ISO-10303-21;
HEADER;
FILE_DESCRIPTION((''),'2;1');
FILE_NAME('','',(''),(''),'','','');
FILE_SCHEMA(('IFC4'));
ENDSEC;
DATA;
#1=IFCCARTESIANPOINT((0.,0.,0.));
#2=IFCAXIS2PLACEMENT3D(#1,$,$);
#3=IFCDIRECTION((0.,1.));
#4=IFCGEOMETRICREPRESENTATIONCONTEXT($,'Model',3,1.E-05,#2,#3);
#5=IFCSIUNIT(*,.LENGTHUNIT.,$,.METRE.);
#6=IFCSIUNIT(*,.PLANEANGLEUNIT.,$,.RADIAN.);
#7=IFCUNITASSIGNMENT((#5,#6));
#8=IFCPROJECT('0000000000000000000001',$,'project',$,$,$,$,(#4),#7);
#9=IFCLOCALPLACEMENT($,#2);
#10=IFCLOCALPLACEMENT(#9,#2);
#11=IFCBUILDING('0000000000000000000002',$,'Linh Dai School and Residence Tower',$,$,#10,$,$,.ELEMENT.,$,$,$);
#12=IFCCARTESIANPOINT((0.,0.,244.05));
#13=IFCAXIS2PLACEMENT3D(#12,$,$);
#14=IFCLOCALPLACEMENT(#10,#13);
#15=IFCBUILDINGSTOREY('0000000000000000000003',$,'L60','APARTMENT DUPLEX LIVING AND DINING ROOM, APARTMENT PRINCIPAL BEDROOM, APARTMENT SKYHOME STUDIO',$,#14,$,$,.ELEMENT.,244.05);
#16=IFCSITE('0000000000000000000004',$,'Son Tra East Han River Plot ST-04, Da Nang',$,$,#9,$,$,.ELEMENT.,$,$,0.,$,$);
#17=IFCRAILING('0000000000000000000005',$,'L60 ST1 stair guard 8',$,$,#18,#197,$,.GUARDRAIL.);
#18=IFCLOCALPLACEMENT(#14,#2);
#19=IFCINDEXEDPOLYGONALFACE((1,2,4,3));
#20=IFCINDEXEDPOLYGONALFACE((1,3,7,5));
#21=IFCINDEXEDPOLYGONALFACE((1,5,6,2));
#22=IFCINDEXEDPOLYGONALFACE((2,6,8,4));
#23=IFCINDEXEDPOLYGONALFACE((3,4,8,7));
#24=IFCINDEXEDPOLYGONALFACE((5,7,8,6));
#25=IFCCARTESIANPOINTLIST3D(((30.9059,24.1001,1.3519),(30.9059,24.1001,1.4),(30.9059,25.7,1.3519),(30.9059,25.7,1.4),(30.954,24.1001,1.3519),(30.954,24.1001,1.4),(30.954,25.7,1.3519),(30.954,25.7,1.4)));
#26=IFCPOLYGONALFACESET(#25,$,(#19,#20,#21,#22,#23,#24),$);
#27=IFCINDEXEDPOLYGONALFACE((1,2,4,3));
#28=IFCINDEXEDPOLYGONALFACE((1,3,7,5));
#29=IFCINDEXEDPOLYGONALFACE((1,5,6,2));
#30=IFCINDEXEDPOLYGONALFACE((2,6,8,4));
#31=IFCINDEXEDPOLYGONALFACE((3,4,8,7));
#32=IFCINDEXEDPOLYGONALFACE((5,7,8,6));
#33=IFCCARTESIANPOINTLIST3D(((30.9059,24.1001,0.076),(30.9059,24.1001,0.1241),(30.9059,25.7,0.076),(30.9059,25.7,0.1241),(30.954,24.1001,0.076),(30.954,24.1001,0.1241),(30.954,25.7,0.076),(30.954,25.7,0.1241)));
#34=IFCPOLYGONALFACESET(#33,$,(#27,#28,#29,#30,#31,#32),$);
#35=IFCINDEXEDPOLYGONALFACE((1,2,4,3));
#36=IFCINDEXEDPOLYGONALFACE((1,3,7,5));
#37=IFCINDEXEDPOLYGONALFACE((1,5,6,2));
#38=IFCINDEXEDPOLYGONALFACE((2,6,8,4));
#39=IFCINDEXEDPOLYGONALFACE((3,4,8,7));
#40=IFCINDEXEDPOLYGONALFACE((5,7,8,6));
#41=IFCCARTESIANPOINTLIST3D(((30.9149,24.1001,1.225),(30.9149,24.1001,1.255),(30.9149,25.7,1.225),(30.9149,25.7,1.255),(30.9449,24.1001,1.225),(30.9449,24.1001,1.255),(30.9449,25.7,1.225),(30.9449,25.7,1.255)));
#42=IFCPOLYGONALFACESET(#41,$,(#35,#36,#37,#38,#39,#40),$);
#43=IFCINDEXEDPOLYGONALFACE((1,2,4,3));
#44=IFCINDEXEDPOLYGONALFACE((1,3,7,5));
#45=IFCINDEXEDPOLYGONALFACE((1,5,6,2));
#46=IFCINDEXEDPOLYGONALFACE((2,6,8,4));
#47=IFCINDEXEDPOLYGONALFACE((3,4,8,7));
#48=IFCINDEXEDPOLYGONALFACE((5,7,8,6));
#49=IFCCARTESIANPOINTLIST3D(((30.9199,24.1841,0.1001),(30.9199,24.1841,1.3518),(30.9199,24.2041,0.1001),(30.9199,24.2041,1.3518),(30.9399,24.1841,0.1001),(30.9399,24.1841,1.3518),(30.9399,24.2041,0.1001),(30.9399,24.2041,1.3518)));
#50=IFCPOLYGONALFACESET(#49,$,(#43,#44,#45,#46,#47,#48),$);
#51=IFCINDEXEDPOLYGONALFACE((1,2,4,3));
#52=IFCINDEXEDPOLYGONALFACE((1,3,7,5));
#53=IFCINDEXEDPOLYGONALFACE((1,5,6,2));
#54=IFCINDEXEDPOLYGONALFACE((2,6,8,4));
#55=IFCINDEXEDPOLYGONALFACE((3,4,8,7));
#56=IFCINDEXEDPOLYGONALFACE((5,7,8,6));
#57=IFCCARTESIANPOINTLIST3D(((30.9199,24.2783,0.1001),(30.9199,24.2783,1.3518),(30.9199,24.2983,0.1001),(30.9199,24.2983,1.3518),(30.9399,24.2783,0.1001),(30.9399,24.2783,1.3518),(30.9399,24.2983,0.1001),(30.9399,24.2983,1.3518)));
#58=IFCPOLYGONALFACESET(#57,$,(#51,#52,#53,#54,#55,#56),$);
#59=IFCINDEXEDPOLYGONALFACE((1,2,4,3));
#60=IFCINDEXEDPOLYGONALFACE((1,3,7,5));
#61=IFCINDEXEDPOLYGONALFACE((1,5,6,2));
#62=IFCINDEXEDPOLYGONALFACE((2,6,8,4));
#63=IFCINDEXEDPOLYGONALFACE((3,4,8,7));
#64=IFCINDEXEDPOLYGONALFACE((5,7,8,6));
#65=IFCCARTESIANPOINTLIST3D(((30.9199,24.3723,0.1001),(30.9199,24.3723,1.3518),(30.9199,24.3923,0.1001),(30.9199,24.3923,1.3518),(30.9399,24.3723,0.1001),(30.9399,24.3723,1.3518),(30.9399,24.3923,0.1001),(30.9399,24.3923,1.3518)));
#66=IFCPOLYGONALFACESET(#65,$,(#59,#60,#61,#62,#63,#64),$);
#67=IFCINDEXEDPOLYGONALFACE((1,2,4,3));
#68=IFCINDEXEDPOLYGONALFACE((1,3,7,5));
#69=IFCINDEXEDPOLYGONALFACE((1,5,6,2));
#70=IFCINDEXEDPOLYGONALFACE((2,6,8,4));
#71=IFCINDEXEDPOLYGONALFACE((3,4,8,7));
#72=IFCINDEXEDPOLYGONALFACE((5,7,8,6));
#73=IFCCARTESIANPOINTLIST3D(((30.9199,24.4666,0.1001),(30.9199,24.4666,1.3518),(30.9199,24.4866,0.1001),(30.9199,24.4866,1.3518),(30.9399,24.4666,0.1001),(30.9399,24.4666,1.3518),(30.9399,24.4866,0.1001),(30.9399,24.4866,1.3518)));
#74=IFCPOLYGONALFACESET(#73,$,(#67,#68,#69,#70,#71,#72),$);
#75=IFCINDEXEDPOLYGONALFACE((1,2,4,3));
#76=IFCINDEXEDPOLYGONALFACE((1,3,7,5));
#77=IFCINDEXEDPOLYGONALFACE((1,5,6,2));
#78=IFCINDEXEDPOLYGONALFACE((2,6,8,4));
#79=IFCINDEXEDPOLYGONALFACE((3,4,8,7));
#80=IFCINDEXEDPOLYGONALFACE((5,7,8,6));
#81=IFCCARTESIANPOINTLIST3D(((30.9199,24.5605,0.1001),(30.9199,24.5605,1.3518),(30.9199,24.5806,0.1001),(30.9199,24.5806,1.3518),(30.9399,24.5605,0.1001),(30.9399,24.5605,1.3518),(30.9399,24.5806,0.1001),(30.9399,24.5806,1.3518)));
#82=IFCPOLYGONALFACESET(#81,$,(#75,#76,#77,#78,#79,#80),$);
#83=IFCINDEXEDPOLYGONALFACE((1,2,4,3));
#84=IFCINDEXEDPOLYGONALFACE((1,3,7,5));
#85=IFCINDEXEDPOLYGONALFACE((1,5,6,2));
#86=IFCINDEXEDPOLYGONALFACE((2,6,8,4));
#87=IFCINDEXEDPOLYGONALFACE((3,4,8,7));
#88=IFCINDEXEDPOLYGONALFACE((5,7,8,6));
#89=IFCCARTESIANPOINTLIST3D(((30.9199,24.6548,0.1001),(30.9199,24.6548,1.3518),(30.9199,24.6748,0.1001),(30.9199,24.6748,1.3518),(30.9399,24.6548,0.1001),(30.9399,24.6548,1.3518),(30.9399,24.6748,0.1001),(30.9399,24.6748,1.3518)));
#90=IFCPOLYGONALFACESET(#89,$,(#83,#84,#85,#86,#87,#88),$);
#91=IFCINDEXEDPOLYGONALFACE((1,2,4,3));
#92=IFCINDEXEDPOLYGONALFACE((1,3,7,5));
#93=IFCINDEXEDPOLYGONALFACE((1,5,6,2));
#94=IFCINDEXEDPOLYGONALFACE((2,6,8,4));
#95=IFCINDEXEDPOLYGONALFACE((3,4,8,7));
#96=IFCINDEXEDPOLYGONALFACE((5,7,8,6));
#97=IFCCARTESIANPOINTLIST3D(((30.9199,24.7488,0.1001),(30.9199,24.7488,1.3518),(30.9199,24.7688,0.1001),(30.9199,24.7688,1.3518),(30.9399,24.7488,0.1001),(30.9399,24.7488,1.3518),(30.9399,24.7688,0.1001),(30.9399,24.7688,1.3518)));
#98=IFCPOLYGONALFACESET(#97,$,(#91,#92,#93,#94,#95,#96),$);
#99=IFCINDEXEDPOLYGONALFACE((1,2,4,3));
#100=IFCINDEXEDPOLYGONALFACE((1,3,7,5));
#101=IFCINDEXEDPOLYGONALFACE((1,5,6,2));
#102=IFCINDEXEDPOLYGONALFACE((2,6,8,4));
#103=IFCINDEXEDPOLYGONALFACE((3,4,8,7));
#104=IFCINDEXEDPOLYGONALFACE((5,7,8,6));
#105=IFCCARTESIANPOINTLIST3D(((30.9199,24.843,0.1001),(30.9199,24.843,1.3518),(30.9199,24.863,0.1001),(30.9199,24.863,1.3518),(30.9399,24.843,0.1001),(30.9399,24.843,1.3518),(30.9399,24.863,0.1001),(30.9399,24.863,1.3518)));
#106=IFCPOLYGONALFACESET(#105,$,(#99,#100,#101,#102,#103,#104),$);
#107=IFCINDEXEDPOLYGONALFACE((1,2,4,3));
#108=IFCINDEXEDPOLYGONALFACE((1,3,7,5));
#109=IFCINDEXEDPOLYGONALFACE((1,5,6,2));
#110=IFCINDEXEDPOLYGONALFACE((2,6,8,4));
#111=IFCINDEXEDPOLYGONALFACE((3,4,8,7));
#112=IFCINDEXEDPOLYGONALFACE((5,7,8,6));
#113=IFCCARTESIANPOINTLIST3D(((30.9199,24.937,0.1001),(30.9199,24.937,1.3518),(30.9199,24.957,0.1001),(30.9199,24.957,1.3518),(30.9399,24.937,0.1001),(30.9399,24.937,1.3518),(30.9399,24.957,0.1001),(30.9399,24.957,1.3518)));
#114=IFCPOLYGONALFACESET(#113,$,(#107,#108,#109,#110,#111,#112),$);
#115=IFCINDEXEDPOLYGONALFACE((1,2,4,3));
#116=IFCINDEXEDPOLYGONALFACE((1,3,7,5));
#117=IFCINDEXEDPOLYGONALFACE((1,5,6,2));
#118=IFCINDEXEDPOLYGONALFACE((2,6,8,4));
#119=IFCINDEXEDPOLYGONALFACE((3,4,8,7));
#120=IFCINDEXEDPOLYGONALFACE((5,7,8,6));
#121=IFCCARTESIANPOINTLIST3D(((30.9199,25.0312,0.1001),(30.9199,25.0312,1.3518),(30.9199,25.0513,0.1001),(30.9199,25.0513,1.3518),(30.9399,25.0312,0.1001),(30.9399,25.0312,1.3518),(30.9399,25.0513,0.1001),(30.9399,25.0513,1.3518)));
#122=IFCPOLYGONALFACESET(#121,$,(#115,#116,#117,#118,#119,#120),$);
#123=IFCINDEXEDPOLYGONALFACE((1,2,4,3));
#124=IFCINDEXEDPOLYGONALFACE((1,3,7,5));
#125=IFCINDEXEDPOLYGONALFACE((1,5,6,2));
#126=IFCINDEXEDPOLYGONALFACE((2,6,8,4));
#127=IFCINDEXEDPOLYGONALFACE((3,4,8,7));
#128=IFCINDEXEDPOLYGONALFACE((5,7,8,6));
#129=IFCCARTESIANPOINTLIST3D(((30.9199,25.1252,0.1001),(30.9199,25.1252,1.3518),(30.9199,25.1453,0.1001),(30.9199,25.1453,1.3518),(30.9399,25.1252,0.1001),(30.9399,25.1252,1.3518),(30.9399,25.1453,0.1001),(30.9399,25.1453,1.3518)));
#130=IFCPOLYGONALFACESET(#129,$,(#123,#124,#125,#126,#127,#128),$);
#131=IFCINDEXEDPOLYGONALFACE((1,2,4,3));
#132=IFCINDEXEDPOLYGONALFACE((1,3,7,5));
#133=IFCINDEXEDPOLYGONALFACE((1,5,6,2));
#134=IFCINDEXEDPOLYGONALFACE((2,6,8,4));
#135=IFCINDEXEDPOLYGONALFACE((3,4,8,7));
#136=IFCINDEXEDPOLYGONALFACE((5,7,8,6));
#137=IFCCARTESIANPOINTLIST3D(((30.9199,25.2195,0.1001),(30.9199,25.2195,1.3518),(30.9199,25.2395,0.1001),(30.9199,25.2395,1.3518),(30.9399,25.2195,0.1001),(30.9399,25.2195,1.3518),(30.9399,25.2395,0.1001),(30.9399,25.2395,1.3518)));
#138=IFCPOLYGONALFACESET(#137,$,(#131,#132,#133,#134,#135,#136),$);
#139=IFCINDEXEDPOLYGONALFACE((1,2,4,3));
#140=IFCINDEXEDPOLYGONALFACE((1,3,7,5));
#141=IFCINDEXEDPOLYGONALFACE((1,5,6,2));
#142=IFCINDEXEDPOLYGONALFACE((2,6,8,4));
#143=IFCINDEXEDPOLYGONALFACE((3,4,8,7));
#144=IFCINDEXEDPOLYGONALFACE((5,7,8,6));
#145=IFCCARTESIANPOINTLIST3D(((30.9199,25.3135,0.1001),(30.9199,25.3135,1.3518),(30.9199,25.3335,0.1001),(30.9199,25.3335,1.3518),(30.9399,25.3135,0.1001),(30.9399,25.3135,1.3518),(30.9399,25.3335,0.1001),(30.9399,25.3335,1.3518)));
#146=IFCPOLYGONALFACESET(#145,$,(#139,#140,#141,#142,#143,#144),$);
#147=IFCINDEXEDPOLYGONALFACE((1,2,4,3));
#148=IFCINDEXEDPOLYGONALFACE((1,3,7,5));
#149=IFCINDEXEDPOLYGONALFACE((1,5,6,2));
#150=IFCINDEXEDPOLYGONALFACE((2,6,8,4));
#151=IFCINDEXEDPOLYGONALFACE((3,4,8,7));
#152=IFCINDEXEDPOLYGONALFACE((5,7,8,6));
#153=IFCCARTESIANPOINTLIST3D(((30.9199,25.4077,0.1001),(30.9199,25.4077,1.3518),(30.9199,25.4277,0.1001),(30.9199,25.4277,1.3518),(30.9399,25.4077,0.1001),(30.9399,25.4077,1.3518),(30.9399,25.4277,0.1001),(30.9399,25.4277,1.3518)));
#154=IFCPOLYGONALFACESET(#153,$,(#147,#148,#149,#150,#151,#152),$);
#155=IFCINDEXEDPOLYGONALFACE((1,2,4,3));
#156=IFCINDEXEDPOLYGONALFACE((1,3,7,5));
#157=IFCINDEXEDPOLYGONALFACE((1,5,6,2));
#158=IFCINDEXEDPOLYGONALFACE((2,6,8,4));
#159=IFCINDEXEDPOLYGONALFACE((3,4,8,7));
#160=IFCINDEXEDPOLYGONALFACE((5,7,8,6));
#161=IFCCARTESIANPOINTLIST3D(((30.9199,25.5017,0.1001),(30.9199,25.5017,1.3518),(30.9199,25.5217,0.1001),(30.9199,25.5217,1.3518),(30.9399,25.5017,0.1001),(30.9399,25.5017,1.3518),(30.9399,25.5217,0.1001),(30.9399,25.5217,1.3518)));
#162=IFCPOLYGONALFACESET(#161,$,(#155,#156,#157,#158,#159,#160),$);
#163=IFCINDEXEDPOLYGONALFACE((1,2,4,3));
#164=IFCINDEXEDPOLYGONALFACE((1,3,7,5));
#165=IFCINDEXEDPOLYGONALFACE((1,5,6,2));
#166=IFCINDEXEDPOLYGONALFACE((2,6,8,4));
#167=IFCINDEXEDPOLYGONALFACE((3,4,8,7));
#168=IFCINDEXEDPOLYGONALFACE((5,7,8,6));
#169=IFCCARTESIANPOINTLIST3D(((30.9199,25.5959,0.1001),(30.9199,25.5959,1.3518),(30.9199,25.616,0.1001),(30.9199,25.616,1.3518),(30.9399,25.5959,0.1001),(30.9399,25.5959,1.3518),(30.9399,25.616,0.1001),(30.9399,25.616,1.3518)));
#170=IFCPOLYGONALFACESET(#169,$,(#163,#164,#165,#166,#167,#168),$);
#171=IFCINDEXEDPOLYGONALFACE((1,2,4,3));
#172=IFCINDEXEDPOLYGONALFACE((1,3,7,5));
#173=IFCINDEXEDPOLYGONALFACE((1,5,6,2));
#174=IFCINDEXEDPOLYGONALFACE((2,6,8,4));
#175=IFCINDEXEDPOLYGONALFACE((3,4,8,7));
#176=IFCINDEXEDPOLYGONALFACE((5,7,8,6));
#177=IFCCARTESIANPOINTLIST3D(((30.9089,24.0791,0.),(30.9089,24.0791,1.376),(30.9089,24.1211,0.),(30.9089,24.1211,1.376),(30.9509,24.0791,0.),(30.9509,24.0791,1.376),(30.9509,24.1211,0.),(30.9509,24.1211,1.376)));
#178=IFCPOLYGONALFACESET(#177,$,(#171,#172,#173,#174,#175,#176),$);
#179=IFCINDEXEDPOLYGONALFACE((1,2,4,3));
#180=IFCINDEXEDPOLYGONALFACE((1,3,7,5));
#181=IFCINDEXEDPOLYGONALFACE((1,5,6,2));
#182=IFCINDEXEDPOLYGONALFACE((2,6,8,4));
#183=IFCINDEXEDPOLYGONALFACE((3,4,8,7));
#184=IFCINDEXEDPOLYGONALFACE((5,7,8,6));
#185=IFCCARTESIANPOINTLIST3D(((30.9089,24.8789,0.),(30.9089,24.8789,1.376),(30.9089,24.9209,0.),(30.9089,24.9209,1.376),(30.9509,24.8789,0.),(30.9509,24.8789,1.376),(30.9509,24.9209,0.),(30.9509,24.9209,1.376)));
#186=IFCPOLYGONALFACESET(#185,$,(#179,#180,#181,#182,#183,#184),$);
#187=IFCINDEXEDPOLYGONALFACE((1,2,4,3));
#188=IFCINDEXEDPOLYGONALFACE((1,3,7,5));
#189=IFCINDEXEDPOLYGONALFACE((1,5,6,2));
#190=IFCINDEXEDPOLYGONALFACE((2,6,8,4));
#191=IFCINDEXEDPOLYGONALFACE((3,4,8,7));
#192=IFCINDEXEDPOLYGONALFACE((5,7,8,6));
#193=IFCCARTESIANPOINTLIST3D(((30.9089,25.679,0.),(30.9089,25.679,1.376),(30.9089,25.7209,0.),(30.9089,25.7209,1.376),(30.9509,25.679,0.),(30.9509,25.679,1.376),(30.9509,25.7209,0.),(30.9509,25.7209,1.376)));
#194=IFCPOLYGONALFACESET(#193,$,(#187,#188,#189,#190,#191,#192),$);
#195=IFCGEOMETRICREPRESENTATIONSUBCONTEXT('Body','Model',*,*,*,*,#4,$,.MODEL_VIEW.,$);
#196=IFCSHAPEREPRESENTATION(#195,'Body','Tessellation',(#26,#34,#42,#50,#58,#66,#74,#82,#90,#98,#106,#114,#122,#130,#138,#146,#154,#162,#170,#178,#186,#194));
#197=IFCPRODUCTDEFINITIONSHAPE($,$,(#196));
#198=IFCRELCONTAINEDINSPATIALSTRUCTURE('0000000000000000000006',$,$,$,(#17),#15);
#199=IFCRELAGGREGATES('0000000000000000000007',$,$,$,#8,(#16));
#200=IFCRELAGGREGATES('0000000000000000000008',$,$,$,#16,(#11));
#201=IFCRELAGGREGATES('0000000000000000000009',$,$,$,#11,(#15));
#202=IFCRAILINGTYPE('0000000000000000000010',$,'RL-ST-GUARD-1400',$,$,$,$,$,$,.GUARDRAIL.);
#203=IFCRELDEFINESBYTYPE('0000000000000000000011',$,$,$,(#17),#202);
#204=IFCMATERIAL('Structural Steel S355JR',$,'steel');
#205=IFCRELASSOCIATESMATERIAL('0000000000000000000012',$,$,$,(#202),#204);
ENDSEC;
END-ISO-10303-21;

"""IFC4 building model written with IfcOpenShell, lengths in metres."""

from ifc_helpers import new_model, si_unit, direction, frame, origin, origin_2d, place, context, subcontext, project, spatial, rectangle, extrude, source, transform, mapped, material, type_object, element, save


model = new_model("IFC4")

# Units and contexts
model_context = context("Model", 3, precision=1e-05, world=origin(), true_north=direction((0.0, 1.0)))
body_context = subcontext(model_context, "Body", "Model", "MODEL_VIEW")
ifc_project = project(units=[si_unit("LENGTHUNIT", "METRE"), si_unit("PLANEANGLEUNIT", "RADIAN")], contexts=[model_context])

# Site, building, storey
site_placement = place(None, origin())
site = spatial("IfcSite", under=ifc_project, at=site_placement, Name="Son Tra East Han River Plot ST-04, Da Nang", CompositionType="ELEMENT", RefElevation=0.0)
building_placement = place(site_placement, origin())
building = spatial("IfcBuilding", under=site, at=building_placement, Name="Linh Dai School and Residence Tower", CompositionType="ELEMENT")
storey_placement = place(building_placement, frame((0.0, 0.0, 244.05)))
storey = spatial("IfcBuildingStorey", under=building, at=storey_placement, Name="L60", Description="APARTMENT DUPLEX LIVING AND DINING ROOM, APARTMENT PRINCIPAL BEDROOM, APARTMENT SKYHOME STUDIO", CompositionType="ELEMENT", Elevation=244.05)

# Shared definitions
ifc_material_1 = material(Name="Structural Steel S355JR", Category="steel")

# Railing
railing_type = type_object("IfcRailingType", Name="RL-ST-GUARD-1400", PredefinedType="GUARDRAIL", material=ifc_material_1)
shared_shape_1 = source(origin(), body_context, "Body", "SweptSolid", [
    extrude(rectangle(XDim=0.0481, YDim=0.0481, at=origin_2d()), frame((0.0, 0.0, 1.376), z_axis=(0.0, 1.0, 0.0), x_axis=(-1.0, 0.0, 0.0)), (0.0, 0.0, 1.0), 1.5999),
    extrude(rectangle(XDim=0.0481, YDim=0.0481, at=origin_2d()), frame((0.0, 0.0, 0.1001), z_axis=(0.0, 1.0, 0.0), x_axis=(-1.0, 0.0, 0.0)), (0.0, 0.0, 1.0), 1.5999),
    extrude(rectangle(XDim=0.03, YDim=0.03, at=origin_2d()), frame((0.0, 0.0, 1.24), z_axis=(0.0, 1.0, 0.0), x_axis=(-1.0, 0.0, 0.0)), (0.0, 0.0, 1.0), 1.5999),
    extrude(rectangle(XDim=0.02, YDim=0.02, at=origin_2d()), frame((0.0, 0.094, 0.1001)), (0.0, 0.0, 1.0), 1.2517),
    extrude(rectangle(XDim=0.02, YDim=0.02, at=origin_2d()), frame((0.0, 0.1882, 0.1001)), (0.0, 0.0, 1.0), 1.2517),
    extrude(rectangle(XDim=0.02, YDim=0.02, at=origin_2d()), frame((0.0, 0.2822, 0.1001)), (0.0, 0.0, 1.0), 1.2517),
    extrude(rectangle(XDim=0.02, YDim=0.02, at=origin_2d()), frame((0.0, 0.3765, 0.1001)), (0.0, 0.0, 1.0), 1.2517),
    extrude(rectangle(XDim=0.02, YDim=0.02, at=origin_2d()), frame((0.0, 0.4705, 0.1001)), (0.0, 0.0, 1.0), 1.2517),
    extrude(rectangle(XDim=0.02, YDim=0.02, at=origin_2d()), frame((0.0, 0.5647, 0.1001)), (0.0, 0.0, 1.0), 1.2517),
    extrude(rectangle(XDim=0.02, YDim=0.02, at=origin_2d()), frame((0.0, 0.6587, 0.1001)), (0.0, 0.0, 1.0), 1.2517),
    extrude(rectangle(XDim=0.02, YDim=0.02, at=origin_2d()), frame((0.0, 0.7529, 0.1001)), (0.0, 0.0, 1.0), 1.2517),
    extrude(rectangle(XDim=0.02, YDim=0.02, at=origin_2d()), frame((0.0, 0.8469, 0.1001)), (0.0, 0.0, 1.0), 1.2517),
    extrude(rectangle(XDim=0.02, YDim=0.02, at=origin_2d()), frame((0.0, 0.9412, 0.1001)), (0.0, 0.0, 1.0), 1.2517),
    extrude(rectangle(XDim=0.02, YDim=0.02, at=origin_2d()), frame((0.0, 1.0352, 0.1001)), (0.0, 0.0, 1.0), 1.2517),
    extrude(rectangle(XDim=0.02, YDim=0.02, at=origin_2d()), frame((0.0, 1.1294, 0.1001)), (0.0, 0.0, 1.0), 1.2517),
    extrude(rectangle(XDim=0.02, YDim=0.02, at=origin_2d()), frame((0.0, 1.2234, 0.1001)), (0.0, 0.0, 1.0), 1.2517),
    extrude(rectangle(XDim=0.02, YDim=0.02, at=origin_2d()), frame((0.0, 1.3176, 0.1001)), (0.0, 0.0, 1.0), 1.2517),
    extrude(rectangle(XDim=0.02, YDim=0.02, at=origin_2d()), frame((0.0, 1.4116, 0.1001)), (0.0, 0.0, 1.0), 1.2517),
    extrude(rectangle(XDim=0.02, YDim=0.02, at=origin_2d()), frame((0.0, 1.5059, 0.1001)), (0.0, 0.0, 1.0), 1.2517),
    extrude(rectangle(XDim=0.042, YDim=0.042, at=origin_2d()), origin(), (0.0, 0.0, 1.0), 1.376),
    extrude(rectangle(XDim=0.042, YDim=0.042, at=origin_2d()), frame((0.0, 0.7998, 0.0)), (0.0, 0.0, 1.0), 1.376),
    extrude(rectangle(XDim=0.042, YDim=0.042, at=origin_2d()), frame((0.0, 1.5999, 0.0)), (0.0, 0.0, 1.0), 1.376),
])
for number, where, name in (
    (1, (30.9299, 24.1001, 0.0), "L60 ST1 stair guard 8"),
):
    element("IfcRailing", number, at=place(storey_placement, frame(where)), inside=storey, type_object=railing_type, Name=name, PredefinedType="GUARDRAIL", context=body_context, shape_type="MappedRepresentation", body=[
        mapped(shared_shape_1, transform((0.0, 0.0, 0.0), x_axis=(1.0, 0.0, 0.0), y_axis=(0.0, 1.0, 0.0), z_axis=(0.0, 0.0, 1.0), scale=1.0)),
    ])

save(model, "model.ifc")
